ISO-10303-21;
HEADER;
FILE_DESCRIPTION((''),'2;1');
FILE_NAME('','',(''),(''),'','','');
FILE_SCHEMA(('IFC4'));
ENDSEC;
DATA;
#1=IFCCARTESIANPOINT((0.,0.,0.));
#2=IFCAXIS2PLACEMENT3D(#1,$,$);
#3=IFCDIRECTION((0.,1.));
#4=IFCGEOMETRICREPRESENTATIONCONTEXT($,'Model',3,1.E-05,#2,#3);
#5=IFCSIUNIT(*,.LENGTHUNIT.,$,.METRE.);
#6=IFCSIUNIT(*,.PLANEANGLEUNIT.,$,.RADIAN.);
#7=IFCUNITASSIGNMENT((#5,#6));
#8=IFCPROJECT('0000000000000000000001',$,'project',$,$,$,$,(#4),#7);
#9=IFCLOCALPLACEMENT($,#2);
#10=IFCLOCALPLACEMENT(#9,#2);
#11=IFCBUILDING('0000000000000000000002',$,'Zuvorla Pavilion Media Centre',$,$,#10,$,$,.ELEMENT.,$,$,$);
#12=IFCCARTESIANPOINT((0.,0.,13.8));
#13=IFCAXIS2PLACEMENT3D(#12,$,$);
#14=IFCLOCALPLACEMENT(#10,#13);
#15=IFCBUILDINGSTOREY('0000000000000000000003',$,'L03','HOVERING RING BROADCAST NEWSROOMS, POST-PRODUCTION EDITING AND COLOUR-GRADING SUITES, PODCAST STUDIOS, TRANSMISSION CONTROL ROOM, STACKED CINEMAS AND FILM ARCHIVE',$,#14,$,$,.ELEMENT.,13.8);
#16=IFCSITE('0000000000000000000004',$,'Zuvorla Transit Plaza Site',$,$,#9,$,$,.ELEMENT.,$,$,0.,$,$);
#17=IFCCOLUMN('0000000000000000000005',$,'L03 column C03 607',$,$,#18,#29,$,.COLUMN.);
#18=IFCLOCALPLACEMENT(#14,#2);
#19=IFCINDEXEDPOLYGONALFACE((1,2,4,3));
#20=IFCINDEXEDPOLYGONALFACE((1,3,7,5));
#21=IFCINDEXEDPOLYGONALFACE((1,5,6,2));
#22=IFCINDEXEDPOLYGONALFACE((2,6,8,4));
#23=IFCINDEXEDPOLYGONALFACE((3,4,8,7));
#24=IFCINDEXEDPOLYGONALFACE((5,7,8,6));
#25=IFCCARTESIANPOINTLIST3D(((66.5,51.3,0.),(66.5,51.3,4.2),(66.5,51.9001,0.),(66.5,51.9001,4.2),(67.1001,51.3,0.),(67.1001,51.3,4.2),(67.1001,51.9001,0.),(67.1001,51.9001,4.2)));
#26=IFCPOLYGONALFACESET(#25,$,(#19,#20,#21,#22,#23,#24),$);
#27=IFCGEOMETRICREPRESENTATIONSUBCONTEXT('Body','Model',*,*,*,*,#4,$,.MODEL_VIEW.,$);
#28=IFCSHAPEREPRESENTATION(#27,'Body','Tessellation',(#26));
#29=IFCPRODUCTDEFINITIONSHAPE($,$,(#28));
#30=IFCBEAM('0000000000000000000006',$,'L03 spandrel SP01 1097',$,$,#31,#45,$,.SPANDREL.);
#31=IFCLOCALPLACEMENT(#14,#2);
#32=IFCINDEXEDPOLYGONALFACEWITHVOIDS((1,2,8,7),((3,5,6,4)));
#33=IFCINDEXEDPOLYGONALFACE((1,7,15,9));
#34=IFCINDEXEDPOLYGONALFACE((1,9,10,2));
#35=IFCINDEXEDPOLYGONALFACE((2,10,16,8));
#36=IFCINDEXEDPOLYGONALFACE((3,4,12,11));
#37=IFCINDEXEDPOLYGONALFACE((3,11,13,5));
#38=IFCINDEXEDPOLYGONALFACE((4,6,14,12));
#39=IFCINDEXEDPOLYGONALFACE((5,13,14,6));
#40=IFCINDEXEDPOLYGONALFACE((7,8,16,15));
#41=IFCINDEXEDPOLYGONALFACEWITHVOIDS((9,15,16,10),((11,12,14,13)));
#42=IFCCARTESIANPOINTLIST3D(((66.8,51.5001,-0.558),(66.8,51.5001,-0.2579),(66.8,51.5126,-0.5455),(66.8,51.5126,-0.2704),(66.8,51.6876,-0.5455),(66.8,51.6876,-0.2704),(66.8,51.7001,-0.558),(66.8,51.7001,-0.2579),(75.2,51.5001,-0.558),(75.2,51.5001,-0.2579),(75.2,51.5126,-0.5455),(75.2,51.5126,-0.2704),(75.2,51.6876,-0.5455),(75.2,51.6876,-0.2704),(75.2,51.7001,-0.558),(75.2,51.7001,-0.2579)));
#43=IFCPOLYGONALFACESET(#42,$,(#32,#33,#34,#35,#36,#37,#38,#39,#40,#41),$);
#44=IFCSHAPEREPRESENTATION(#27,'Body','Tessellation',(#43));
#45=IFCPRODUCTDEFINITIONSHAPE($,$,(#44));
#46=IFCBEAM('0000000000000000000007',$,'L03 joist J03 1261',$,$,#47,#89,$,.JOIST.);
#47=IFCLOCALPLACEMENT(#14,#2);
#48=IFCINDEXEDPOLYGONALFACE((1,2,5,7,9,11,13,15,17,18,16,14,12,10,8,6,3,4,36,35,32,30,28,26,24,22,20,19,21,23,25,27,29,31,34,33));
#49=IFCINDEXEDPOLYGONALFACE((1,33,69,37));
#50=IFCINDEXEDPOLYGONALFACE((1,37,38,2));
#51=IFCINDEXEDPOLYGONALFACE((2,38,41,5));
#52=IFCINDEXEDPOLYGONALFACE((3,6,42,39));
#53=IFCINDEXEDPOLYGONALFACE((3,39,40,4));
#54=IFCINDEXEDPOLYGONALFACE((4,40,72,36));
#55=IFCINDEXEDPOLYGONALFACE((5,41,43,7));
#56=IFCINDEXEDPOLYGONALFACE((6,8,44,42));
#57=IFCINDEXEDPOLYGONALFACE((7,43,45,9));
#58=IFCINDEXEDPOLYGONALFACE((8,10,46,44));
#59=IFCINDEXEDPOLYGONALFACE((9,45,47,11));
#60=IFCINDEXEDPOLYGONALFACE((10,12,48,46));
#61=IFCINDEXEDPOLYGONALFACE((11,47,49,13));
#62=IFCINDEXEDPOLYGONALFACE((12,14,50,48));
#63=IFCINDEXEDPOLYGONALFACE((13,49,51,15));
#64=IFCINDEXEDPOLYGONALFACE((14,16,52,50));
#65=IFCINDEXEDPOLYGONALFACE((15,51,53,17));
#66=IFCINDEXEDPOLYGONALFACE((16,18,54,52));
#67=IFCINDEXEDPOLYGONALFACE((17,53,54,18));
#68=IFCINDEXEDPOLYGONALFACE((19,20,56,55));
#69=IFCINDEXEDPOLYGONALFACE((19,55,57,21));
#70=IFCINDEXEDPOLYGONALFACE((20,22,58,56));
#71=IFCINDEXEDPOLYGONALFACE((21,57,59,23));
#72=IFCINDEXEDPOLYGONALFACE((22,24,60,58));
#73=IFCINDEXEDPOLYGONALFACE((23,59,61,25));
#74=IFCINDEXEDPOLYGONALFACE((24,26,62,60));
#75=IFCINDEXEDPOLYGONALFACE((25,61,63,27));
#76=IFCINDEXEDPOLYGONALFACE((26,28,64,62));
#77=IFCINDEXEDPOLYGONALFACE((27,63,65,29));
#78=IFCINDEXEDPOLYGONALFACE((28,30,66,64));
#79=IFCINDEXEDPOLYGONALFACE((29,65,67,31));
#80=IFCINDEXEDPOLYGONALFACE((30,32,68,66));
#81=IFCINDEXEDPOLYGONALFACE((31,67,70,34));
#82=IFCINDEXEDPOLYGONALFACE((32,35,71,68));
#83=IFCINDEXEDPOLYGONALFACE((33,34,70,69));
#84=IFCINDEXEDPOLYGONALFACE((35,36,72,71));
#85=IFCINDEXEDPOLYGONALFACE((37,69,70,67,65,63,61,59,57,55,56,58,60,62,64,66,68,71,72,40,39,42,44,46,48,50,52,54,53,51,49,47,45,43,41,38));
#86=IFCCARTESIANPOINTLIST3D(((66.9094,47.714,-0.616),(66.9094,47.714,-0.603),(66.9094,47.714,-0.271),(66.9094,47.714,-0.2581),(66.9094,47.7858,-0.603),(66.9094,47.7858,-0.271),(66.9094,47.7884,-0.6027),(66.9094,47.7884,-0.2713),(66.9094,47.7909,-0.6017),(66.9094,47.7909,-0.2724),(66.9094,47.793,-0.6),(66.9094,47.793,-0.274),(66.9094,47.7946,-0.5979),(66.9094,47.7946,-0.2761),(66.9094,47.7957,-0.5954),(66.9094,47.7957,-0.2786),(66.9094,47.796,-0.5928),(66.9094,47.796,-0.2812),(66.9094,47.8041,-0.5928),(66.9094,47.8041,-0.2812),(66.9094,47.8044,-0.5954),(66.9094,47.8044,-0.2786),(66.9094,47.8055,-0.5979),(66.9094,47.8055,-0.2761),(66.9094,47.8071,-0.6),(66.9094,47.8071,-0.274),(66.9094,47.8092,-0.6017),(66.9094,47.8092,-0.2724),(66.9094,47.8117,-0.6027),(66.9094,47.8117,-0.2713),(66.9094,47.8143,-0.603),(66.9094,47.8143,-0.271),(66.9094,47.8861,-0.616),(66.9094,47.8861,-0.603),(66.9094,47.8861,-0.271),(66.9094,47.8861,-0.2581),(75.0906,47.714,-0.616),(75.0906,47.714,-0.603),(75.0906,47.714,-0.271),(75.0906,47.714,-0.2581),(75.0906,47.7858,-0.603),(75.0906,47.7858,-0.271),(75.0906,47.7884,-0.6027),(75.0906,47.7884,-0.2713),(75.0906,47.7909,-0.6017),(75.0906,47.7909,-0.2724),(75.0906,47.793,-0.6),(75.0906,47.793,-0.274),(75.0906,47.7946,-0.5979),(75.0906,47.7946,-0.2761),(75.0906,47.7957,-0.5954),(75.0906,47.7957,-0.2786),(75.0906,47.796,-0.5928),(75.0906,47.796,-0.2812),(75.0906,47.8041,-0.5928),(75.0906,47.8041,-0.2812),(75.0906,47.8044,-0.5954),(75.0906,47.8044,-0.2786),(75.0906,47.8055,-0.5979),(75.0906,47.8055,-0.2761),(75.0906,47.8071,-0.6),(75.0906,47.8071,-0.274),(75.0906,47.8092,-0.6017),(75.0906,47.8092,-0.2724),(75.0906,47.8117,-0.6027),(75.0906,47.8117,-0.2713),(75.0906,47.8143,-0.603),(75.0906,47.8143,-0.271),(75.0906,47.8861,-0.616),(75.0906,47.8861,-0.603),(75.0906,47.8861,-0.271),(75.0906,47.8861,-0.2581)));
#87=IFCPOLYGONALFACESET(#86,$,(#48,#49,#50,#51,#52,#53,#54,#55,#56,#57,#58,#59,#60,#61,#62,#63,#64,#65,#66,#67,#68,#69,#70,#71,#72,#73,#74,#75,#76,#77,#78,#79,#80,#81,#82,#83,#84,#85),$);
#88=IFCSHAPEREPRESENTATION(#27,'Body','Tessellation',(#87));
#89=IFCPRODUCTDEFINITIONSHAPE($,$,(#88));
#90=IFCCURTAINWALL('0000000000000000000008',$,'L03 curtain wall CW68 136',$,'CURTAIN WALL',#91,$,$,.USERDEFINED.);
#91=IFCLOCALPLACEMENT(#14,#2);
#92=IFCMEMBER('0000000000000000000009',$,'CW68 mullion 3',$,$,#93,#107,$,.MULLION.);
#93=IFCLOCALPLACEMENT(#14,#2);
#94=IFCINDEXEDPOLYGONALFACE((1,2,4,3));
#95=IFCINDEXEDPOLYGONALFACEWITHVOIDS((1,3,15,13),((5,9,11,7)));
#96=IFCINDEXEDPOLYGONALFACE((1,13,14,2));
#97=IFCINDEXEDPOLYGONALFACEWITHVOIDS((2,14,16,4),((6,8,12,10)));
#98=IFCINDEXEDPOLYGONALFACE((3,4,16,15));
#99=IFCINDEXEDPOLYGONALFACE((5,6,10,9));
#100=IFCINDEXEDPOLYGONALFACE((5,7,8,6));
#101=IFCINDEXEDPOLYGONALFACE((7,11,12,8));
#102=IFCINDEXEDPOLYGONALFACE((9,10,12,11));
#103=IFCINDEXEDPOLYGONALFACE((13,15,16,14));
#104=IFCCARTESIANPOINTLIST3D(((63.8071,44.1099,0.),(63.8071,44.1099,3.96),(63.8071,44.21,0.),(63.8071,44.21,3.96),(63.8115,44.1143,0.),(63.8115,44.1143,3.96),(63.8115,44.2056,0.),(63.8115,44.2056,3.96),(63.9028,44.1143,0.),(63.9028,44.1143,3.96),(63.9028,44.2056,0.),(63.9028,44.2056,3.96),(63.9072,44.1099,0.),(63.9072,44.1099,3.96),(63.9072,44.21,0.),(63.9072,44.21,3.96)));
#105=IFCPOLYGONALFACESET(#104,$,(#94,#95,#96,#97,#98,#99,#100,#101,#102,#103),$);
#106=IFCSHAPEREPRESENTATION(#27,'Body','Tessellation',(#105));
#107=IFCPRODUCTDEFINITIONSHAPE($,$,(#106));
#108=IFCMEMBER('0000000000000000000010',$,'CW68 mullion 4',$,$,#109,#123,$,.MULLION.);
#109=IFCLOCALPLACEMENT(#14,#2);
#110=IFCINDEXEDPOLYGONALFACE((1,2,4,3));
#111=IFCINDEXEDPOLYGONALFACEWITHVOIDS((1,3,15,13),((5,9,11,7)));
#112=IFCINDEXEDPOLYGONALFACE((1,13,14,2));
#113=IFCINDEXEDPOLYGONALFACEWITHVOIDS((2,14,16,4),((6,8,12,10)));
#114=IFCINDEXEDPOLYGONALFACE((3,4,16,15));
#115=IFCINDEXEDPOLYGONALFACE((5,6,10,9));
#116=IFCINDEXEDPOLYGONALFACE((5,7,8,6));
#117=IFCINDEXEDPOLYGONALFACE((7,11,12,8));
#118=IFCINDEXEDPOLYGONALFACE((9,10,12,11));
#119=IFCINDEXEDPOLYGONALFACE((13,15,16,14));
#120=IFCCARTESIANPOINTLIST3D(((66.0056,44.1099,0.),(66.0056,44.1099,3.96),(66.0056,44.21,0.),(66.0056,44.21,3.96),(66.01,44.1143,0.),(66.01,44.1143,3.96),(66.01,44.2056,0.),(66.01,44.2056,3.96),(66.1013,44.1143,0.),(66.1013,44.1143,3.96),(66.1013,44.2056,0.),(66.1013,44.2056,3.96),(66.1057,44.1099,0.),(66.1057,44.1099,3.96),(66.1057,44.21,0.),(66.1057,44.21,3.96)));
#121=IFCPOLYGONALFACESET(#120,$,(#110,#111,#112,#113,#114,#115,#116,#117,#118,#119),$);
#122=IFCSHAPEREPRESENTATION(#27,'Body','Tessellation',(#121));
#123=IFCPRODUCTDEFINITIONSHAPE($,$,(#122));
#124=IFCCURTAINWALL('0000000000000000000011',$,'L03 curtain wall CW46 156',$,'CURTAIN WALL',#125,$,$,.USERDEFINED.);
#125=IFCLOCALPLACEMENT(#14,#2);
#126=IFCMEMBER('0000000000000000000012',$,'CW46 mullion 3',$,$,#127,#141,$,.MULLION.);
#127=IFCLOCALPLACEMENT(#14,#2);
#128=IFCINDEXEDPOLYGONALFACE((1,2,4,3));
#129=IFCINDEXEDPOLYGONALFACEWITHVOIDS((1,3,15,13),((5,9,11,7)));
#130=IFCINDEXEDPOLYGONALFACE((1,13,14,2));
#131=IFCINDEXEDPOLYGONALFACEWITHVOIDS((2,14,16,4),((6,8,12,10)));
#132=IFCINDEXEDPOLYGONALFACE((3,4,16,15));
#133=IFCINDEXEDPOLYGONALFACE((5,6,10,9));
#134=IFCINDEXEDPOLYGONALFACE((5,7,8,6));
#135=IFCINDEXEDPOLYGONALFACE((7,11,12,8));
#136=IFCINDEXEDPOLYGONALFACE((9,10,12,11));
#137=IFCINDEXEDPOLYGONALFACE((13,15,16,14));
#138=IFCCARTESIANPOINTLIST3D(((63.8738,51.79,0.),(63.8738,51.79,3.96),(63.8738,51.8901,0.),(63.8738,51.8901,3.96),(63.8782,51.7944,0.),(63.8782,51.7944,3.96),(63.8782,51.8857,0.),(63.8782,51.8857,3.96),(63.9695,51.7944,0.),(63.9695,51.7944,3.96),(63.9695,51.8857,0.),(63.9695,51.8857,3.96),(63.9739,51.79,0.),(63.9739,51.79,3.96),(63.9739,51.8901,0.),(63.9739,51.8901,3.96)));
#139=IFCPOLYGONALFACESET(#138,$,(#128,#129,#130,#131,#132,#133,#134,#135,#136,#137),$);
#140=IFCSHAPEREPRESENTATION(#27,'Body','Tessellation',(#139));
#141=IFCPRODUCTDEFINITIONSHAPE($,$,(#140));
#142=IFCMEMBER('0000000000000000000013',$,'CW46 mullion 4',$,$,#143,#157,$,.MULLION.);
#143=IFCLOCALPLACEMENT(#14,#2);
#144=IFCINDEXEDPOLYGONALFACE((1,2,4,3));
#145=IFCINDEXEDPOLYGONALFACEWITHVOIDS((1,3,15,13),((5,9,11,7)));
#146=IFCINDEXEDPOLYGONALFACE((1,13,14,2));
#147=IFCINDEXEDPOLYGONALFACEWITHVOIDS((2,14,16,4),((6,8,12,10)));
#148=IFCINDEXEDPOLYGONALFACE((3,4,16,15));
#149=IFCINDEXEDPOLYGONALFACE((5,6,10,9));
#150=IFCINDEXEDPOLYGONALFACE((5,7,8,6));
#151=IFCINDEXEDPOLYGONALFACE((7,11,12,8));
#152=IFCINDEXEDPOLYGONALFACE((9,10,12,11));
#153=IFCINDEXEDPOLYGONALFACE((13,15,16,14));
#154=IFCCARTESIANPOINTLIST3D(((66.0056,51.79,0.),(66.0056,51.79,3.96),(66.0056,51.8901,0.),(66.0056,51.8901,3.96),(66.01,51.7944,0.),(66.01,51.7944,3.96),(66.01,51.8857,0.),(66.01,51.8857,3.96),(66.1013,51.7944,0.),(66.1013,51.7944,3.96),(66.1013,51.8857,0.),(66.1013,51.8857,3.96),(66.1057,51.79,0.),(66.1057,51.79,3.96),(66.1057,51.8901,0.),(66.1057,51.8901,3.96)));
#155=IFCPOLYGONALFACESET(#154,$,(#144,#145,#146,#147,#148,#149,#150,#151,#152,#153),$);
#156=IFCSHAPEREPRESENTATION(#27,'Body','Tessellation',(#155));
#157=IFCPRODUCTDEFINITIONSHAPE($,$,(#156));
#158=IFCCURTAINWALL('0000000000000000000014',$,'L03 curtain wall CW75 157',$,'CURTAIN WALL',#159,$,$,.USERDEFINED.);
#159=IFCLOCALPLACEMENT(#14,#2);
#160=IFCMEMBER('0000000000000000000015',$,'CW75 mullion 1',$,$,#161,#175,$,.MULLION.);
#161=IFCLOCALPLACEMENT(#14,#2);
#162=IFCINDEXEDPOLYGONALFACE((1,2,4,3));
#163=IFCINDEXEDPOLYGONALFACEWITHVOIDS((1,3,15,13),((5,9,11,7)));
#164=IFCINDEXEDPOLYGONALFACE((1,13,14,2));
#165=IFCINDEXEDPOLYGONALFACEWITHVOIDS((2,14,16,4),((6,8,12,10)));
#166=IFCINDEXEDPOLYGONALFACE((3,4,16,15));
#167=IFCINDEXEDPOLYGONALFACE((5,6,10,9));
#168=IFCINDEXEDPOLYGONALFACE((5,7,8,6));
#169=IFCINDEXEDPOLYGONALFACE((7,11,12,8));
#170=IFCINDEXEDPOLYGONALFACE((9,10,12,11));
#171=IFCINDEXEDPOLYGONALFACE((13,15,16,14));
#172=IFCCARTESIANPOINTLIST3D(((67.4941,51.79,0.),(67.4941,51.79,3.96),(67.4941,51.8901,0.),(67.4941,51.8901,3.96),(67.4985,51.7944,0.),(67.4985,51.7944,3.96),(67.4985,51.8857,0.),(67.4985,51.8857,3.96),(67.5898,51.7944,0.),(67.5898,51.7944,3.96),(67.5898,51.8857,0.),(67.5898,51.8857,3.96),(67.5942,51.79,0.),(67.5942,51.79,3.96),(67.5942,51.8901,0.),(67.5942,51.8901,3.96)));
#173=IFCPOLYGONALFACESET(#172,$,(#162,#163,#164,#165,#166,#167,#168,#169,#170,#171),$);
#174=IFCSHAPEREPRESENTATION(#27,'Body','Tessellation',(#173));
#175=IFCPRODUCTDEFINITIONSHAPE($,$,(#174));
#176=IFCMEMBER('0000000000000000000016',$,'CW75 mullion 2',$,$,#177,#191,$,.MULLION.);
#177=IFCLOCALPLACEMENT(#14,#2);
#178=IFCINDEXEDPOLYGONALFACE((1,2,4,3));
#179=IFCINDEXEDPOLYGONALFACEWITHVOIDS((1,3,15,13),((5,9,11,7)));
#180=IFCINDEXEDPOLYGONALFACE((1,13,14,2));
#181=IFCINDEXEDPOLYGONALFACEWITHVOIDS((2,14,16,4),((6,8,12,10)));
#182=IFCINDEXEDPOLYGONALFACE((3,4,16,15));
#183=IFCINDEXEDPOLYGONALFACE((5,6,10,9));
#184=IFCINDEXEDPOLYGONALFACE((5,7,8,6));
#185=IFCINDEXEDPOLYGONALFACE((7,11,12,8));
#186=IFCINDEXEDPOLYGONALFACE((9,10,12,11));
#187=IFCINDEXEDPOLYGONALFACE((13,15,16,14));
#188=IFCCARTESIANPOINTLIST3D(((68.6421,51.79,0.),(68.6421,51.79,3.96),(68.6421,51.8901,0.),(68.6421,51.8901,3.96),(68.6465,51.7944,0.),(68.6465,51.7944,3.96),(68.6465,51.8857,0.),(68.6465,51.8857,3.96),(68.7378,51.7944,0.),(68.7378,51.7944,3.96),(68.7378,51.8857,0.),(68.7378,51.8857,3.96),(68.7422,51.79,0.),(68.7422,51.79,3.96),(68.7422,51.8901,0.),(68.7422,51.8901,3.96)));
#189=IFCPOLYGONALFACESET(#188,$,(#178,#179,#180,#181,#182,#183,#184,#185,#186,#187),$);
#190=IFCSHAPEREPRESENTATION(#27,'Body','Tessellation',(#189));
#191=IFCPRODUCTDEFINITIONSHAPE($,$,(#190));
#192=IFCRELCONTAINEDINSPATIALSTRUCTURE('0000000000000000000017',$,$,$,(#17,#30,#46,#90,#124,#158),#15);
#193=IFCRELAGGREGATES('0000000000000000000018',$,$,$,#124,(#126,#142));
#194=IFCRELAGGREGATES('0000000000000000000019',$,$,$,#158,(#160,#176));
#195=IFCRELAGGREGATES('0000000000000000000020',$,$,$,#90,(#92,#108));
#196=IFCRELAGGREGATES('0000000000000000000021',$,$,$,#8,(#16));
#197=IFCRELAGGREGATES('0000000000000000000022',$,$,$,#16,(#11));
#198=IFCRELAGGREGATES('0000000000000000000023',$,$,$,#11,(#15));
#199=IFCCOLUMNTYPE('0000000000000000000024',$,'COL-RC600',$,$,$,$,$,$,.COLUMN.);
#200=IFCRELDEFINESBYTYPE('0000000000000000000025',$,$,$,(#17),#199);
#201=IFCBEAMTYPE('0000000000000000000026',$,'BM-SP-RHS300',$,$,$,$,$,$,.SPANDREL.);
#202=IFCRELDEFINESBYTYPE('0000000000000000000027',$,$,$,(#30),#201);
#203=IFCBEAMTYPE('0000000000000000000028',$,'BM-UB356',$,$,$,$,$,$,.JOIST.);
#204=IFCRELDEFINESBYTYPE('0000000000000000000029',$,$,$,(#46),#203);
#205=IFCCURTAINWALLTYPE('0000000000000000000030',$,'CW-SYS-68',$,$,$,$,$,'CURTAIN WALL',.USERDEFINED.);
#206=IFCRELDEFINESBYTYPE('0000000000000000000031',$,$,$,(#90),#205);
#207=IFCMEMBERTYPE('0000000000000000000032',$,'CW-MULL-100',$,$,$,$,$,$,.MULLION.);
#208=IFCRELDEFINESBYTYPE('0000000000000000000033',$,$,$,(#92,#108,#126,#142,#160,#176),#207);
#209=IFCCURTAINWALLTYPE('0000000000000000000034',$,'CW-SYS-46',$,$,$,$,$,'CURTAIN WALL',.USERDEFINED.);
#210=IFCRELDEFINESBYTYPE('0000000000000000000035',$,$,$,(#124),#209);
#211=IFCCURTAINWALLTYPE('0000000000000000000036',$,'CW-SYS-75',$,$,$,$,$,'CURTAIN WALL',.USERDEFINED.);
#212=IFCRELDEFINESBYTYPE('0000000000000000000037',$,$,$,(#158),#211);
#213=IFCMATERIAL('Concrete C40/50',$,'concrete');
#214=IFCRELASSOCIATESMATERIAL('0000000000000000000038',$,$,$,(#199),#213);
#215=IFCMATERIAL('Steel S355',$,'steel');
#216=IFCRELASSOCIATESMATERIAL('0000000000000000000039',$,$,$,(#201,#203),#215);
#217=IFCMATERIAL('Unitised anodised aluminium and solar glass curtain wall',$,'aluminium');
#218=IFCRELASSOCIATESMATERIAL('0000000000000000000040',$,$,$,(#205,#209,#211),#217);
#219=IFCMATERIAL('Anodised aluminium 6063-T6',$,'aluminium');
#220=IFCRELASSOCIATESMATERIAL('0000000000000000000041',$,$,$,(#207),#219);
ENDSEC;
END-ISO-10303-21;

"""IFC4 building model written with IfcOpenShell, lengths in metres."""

from ifc_helpers import new_model, si_unit, direction, frame, origin, origin_2d, place, context, subcontext, project, spatial, rectangle, hollow_rectangle, i_section, extrude, material, material_profile, profile_set, type_object, element, aggregate, save


model = new_model("IFC4")

# Units and contexts
model_context = context("Model", 3, precision=1e-05, world=origin(), true_north=direction((0.0, 1.0)))
body_context = subcontext(model_context, "Body", "Model", "MODEL_VIEW")
ifc_project = project(units=[si_unit("LENGTHUNIT", "METRE"), si_unit("PLANEANGLEUNIT", "RADIAN")], contexts=[model_context])

# Site, building, storey
site_placement = place(None, origin())
site = spatial("IfcSite", under=ifc_project, at=site_placement, Name="Zuvorla Transit Plaza Site", CompositionType="ELEMENT", RefElevation=0.0)
building_placement = place(site_placement, origin())
building = spatial("IfcBuilding", under=site, at=building_placement, Name="Zuvorla Pavilion Media Centre", CompositionType="ELEMENT")
storey_placement = place(building_placement, frame((0.0, 0.0, 13.8)))
storey = spatial("IfcBuildingStorey", under=building, at=storey_placement, Name="L03", Description="HOVERING RING BROADCAST NEWSROOMS, POST-PRODUCTION EDITING AND COLOUR-GRADING SUITES, PODCAST STUDIOS, TRANSMISSION CONTROL ROOM, STACKED CINEMAS AND FILM ARCHIVE", CompositionType="ELEMENT", Elevation=13.8)

# Column
ifc_material_1 = material(Name="Concrete C40/50", Category="concrete")
ifc_material_profile_1 = material_profile(ifc_material_1, rectangle(XDim=0.6001, YDim=0.6001, at=origin_2d()), Name="RC 600x600")
ifc_profile_set_1 = profile_set([ifc_material_profile_1], Name="Concrete C40/50")
column_type = type_object("IfcColumnType", Name="COL-RC600", PredefinedType="COLUMN", material=ifc_profile_set_1)
column_placement = place(storey_placement, frame((66.8, 51.6001, 0.0), z_axis=(0.0, 0.0, 1.0), x_axis=(1.0, 0.0, 0.0)))
element("IfcColumn", 1, at=column_placement, inside=storey, type_object=column_type, Name="L03 column C03 607", PredefinedType="COLUMN", context=body_context, shape_type="SweptSolid", body=[
    extrude(rectangle(XDim=0.6001, YDim=0.6001, at=origin_2d()), origin(), (0.0, 0.0, 1.0), 4.2),
])

# Beams
ifc_material_2 = material(Name="Steel S355", Category="steel")
ifc_material_profile_2 = material_profile(ifc_material_2, hollow_rectangle(XDim=0.2, YDim=0.3, WallThickness=0.0125, at=origin_2d()), Name="RHS 300x200x12.5")
ifc_profile_set_2 = profile_set([ifc_material_profile_2], Name="Steel S355")
beam_type_1 = type_object("IfcBeamType", Name="BM-SP-RHS300", PredefinedType="SPANDREL", material=ifc_profile_set_2)
beam_1_placement = place(storey_placement, frame((66.8, 51.6001, -0.408), z_axis=(1.0, 0.0, 0.0), x_axis=(0.0, 1.0, 0.0)))
element("IfcBeam", 2, at=beam_1_placement, inside=storey, type_object=beam_type_1, Name="L03 spandrel SP01 1097", PredefinedType="SPANDREL", context=body_context, shape_type="SweptSolid", body=[
    extrude(hollow_rectangle(XDim=0.2, YDim=0.3, WallThickness=0.0125, at=origin_2d()), origin(), (0.0, 0.0, 1.0), 8.3999),
])
ifc_material_profile_3 = material_profile(ifc_material_2, i_section(OverallWidth=0.1721, OverallDepth=0.3579, WebThickness=0.0081, FlangeThickness=0.0129, FilletRadius=0.0103, at=origin_2d()), Name="UB 356x171x57")
ifc_profile_set_3 = profile_set([ifc_material_profile_3], Name="Steel S355")
beam_type_2 = type_object("IfcBeamType", Name="BM-UB356", PredefinedType="JOIST", material=ifc_profile_set_3)
beam_2_placement = place(storey_placement, frame((66.9094, 47.8, -0.437), z_axis=(1.0, 0.0, 0.0), x_axis=(0.0, 1.0, 0.0)))
element("IfcBeam", 3, at=beam_2_placement, inside=storey, type_object=beam_type_2, Name="L03 joist J03 1261", PredefinedType="JOIST", context=body_context, shape_type="SweptSolid", body=[
    extrude(i_section(OverallWidth=0.1721, OverallDepth=0.3579, WebThickness=0.0081, FlangeThickness=0.0129, FilletRadius=0.0103, at=origin_2d()), origin(), (0.0, 0.0, 1.0), 8.1812),
])

# Curtain walls, members
ifc_material_3 = material(Name="Unitised anodised aluminium and solar glass curtain wall", Category="aluminium")
curtain_wall_type_1 = type_object("IfcCurtainWallType", Name="CW-SYS-68", ElementType="CURTAIN WALL", PredefinedType="USERDEFINED", material=ifc_material_3)
curtain_wall_1_placement = place(storey_placement, origin())
curtain_wall_1 = element("IfcCurtainWall", 4, at=curtain_wall_1_placement, inside=storey, type_object=curtain_wall_type_1, Name="L03 curtain wall CW68 136", ObjectType="CURTAIN WALL", PredefinedType="USERDEFINED")
ifc_material_4 = material(Name="Anodised aluminium 6063-T6", Category="aluminium")
ifc_material_profile_4 = material_profile(ifc_material_4, hollow_rectangle(XDim=0.1001, YDim=0.1001, WallThickness=0.0044, at=origin_2d()), Name="ALU MULL 100x100")
ifc_profile_set_4 = profile_set([ifc_material_profile_4], Name="Anodised aluminium 6063-T6")
member_type_1 = type_object("IfcMemberType", Name="CW-MULL-100", PredefinedType="MULLION", material=ifc_profile_set_4)
member_1_placement = place(storey_placement, frame((63.8572, 44.1599, 0.0), z_axis=(0.0, 0.0, 1.0), x_axis=(1.0, 0.0, 0.0)))
member_1 = element("IfcMember", 5, at=member_1_placement, type_object=member_type_1, Name="CW68 mullion 3", PredefinedType="MULLION", context=body_context, shape_type="SweptSolid", body=[
    extrude(hollow_rectangle(XDim=0.1001, YDim=0.1001, WallThickness=0.0044, at=origin_2d()), origin(), (0.0, 0.0, 1.0), 3.96),
])
member_2_placement = place(storey_placement, frame((66.0557, 44.1599, 0.0), z_axis=(0.0, 0.0, 1.0), x_axis=(1.0, 0.0, 0.0)))
member_2 = element("IfcMember", 6, at=member_2_placement, type_object=member_type_1, Name="CW68 mullion 4", PredefinedType="MULLION", context=body_context, shape_type="SweptSolid", body=[
    extrude(hollow_rectangle(XDim=0.1001, YDim=0.1001, WallThickness=0.0044, at=origin_2d()), origin(), (0.0, 0.0, 1.0), 3.96),
])
curtain_wall_type_2 = type_object("IfcCurtainWallType", Name="CW-SYS-46", ElementType="CURTAIN WALL", PredefinedType="USERDEFINED", material=ifc_material_3)
curtain_wall_2_placement = place(storey_placement, origin())
curtain_wall_2 = element("IfcCurtainWall", 7, at=curtain_wall_2_placement, inside=storey, type_object=curtain_wall_type_2, Name="L03 curtain wall CW46 156", ObjectType="CURTAIN WALL", PredefinedType="USERDEFINED")
member_3_placement = place(storey_placement, frame((63.9238, 51.8401, 0.0), z_axis=(0.0, 0.0, 1.0), x_axis=(1.0, 0.0, 0.0)))
member_3 = element("IfcMember", 8, at=member_3_placement, type_object=member_type_1, Name="CW46 mullion 3", PredefinedType="MULLION", context=body_context, shape_type="SweptSolid", body=[
    extrude(hollow_rectangle(XDim=0.1001, YDim=0.1001, WallThickness=0.0044, at=origin_2d()), origin(), (0.0, 0.0, 1.0), 3.96),
])
member_4_placement = place(storey_placement, frame((66.0557, 51.8401, 0.0), z_axis=(0.0, 0.0, 1.0), x_axis=(1.0, 0.0, 0.0)))
member_4 = element("IfcMember", 9, at=member_4_placement, type_object=member_type_1, Name="CW46 mullion 4", PredefinedType="MULLION", context=body_context, shape_type="SweptSolid", body=[
    extrude(hollow_rectangle(XDim=0.1001, YDim=0.1001, WallThickness=0.0044, at=origin_2d()), origin(), (0.0, 0.0, 1.0), 3.96),
])
curtain_wall_type_3 = type_object("IfcCurtainWallType", Name="CW-SYS-75", ElementType="CURTAIN WALL", PredefinedType="USERDEFINED", material=ifc_material_3)
curtain_wall_3_placement = place(storey_placement, origin())
curtain_wall_3 = element("IfcCurtainWall", 10, at=curtain_wall_3_placement, inside=storey, type_object=curtain_wall_type_3, Name="L03 curtain wall CW75 157", ObjectType="CURTAIN WALL", PredefinedType="USERDEFINED")
member_5_placement = place(storey_placement, frame((67.5442, 51.8401, 0.0), z_axis=(0.0, 0.0, 1.0), x_axis=(1.0, 0.0, 0.0)))
member_5 = element("IfcMember", 11, at=member_5_placement, type_object=member_type_1, Name="CW75 mullion 1", PredefinedType="MULLION", context=body_context, shape_type="SweptSolid", body=[
    extrude(hollow_rectangle(XDim=0.1001, YDim=0.1001, WallThickness=0.0044, at=origin_2d()), origin(), (0.0, 0.0, 1.0), 3.96),
])
member_6_placement = place(storey_placement, frame((68.6921, 51.8401, 0.0), z_axis=(0.0, 0.0, 1.0), x_axis=(1.0, 0.0, 0.0)))
member_6 = element("IfcMember", 12, at=member_6_placement, type_object=member_type_1, Name="CW75 mullion 2", PredefinedType="MULLION", context=body_context, shape_type="SweptSolid", body=[
    extrude(hollow_rectangle(XDim=0.1001, YDim=0.1001, WallThickness=0.0044, at=origin_2d()), origin(), (0.0, 0.0, 1.0), 3.96),
])

aggregate(curtain_wall_2, [member_3, member_4])
aggregate(curtain_wall_3, [member_5, member_6])
aggregate(curtain_wall_1, [member_1, member_2])

save(model, "model.ifc")
